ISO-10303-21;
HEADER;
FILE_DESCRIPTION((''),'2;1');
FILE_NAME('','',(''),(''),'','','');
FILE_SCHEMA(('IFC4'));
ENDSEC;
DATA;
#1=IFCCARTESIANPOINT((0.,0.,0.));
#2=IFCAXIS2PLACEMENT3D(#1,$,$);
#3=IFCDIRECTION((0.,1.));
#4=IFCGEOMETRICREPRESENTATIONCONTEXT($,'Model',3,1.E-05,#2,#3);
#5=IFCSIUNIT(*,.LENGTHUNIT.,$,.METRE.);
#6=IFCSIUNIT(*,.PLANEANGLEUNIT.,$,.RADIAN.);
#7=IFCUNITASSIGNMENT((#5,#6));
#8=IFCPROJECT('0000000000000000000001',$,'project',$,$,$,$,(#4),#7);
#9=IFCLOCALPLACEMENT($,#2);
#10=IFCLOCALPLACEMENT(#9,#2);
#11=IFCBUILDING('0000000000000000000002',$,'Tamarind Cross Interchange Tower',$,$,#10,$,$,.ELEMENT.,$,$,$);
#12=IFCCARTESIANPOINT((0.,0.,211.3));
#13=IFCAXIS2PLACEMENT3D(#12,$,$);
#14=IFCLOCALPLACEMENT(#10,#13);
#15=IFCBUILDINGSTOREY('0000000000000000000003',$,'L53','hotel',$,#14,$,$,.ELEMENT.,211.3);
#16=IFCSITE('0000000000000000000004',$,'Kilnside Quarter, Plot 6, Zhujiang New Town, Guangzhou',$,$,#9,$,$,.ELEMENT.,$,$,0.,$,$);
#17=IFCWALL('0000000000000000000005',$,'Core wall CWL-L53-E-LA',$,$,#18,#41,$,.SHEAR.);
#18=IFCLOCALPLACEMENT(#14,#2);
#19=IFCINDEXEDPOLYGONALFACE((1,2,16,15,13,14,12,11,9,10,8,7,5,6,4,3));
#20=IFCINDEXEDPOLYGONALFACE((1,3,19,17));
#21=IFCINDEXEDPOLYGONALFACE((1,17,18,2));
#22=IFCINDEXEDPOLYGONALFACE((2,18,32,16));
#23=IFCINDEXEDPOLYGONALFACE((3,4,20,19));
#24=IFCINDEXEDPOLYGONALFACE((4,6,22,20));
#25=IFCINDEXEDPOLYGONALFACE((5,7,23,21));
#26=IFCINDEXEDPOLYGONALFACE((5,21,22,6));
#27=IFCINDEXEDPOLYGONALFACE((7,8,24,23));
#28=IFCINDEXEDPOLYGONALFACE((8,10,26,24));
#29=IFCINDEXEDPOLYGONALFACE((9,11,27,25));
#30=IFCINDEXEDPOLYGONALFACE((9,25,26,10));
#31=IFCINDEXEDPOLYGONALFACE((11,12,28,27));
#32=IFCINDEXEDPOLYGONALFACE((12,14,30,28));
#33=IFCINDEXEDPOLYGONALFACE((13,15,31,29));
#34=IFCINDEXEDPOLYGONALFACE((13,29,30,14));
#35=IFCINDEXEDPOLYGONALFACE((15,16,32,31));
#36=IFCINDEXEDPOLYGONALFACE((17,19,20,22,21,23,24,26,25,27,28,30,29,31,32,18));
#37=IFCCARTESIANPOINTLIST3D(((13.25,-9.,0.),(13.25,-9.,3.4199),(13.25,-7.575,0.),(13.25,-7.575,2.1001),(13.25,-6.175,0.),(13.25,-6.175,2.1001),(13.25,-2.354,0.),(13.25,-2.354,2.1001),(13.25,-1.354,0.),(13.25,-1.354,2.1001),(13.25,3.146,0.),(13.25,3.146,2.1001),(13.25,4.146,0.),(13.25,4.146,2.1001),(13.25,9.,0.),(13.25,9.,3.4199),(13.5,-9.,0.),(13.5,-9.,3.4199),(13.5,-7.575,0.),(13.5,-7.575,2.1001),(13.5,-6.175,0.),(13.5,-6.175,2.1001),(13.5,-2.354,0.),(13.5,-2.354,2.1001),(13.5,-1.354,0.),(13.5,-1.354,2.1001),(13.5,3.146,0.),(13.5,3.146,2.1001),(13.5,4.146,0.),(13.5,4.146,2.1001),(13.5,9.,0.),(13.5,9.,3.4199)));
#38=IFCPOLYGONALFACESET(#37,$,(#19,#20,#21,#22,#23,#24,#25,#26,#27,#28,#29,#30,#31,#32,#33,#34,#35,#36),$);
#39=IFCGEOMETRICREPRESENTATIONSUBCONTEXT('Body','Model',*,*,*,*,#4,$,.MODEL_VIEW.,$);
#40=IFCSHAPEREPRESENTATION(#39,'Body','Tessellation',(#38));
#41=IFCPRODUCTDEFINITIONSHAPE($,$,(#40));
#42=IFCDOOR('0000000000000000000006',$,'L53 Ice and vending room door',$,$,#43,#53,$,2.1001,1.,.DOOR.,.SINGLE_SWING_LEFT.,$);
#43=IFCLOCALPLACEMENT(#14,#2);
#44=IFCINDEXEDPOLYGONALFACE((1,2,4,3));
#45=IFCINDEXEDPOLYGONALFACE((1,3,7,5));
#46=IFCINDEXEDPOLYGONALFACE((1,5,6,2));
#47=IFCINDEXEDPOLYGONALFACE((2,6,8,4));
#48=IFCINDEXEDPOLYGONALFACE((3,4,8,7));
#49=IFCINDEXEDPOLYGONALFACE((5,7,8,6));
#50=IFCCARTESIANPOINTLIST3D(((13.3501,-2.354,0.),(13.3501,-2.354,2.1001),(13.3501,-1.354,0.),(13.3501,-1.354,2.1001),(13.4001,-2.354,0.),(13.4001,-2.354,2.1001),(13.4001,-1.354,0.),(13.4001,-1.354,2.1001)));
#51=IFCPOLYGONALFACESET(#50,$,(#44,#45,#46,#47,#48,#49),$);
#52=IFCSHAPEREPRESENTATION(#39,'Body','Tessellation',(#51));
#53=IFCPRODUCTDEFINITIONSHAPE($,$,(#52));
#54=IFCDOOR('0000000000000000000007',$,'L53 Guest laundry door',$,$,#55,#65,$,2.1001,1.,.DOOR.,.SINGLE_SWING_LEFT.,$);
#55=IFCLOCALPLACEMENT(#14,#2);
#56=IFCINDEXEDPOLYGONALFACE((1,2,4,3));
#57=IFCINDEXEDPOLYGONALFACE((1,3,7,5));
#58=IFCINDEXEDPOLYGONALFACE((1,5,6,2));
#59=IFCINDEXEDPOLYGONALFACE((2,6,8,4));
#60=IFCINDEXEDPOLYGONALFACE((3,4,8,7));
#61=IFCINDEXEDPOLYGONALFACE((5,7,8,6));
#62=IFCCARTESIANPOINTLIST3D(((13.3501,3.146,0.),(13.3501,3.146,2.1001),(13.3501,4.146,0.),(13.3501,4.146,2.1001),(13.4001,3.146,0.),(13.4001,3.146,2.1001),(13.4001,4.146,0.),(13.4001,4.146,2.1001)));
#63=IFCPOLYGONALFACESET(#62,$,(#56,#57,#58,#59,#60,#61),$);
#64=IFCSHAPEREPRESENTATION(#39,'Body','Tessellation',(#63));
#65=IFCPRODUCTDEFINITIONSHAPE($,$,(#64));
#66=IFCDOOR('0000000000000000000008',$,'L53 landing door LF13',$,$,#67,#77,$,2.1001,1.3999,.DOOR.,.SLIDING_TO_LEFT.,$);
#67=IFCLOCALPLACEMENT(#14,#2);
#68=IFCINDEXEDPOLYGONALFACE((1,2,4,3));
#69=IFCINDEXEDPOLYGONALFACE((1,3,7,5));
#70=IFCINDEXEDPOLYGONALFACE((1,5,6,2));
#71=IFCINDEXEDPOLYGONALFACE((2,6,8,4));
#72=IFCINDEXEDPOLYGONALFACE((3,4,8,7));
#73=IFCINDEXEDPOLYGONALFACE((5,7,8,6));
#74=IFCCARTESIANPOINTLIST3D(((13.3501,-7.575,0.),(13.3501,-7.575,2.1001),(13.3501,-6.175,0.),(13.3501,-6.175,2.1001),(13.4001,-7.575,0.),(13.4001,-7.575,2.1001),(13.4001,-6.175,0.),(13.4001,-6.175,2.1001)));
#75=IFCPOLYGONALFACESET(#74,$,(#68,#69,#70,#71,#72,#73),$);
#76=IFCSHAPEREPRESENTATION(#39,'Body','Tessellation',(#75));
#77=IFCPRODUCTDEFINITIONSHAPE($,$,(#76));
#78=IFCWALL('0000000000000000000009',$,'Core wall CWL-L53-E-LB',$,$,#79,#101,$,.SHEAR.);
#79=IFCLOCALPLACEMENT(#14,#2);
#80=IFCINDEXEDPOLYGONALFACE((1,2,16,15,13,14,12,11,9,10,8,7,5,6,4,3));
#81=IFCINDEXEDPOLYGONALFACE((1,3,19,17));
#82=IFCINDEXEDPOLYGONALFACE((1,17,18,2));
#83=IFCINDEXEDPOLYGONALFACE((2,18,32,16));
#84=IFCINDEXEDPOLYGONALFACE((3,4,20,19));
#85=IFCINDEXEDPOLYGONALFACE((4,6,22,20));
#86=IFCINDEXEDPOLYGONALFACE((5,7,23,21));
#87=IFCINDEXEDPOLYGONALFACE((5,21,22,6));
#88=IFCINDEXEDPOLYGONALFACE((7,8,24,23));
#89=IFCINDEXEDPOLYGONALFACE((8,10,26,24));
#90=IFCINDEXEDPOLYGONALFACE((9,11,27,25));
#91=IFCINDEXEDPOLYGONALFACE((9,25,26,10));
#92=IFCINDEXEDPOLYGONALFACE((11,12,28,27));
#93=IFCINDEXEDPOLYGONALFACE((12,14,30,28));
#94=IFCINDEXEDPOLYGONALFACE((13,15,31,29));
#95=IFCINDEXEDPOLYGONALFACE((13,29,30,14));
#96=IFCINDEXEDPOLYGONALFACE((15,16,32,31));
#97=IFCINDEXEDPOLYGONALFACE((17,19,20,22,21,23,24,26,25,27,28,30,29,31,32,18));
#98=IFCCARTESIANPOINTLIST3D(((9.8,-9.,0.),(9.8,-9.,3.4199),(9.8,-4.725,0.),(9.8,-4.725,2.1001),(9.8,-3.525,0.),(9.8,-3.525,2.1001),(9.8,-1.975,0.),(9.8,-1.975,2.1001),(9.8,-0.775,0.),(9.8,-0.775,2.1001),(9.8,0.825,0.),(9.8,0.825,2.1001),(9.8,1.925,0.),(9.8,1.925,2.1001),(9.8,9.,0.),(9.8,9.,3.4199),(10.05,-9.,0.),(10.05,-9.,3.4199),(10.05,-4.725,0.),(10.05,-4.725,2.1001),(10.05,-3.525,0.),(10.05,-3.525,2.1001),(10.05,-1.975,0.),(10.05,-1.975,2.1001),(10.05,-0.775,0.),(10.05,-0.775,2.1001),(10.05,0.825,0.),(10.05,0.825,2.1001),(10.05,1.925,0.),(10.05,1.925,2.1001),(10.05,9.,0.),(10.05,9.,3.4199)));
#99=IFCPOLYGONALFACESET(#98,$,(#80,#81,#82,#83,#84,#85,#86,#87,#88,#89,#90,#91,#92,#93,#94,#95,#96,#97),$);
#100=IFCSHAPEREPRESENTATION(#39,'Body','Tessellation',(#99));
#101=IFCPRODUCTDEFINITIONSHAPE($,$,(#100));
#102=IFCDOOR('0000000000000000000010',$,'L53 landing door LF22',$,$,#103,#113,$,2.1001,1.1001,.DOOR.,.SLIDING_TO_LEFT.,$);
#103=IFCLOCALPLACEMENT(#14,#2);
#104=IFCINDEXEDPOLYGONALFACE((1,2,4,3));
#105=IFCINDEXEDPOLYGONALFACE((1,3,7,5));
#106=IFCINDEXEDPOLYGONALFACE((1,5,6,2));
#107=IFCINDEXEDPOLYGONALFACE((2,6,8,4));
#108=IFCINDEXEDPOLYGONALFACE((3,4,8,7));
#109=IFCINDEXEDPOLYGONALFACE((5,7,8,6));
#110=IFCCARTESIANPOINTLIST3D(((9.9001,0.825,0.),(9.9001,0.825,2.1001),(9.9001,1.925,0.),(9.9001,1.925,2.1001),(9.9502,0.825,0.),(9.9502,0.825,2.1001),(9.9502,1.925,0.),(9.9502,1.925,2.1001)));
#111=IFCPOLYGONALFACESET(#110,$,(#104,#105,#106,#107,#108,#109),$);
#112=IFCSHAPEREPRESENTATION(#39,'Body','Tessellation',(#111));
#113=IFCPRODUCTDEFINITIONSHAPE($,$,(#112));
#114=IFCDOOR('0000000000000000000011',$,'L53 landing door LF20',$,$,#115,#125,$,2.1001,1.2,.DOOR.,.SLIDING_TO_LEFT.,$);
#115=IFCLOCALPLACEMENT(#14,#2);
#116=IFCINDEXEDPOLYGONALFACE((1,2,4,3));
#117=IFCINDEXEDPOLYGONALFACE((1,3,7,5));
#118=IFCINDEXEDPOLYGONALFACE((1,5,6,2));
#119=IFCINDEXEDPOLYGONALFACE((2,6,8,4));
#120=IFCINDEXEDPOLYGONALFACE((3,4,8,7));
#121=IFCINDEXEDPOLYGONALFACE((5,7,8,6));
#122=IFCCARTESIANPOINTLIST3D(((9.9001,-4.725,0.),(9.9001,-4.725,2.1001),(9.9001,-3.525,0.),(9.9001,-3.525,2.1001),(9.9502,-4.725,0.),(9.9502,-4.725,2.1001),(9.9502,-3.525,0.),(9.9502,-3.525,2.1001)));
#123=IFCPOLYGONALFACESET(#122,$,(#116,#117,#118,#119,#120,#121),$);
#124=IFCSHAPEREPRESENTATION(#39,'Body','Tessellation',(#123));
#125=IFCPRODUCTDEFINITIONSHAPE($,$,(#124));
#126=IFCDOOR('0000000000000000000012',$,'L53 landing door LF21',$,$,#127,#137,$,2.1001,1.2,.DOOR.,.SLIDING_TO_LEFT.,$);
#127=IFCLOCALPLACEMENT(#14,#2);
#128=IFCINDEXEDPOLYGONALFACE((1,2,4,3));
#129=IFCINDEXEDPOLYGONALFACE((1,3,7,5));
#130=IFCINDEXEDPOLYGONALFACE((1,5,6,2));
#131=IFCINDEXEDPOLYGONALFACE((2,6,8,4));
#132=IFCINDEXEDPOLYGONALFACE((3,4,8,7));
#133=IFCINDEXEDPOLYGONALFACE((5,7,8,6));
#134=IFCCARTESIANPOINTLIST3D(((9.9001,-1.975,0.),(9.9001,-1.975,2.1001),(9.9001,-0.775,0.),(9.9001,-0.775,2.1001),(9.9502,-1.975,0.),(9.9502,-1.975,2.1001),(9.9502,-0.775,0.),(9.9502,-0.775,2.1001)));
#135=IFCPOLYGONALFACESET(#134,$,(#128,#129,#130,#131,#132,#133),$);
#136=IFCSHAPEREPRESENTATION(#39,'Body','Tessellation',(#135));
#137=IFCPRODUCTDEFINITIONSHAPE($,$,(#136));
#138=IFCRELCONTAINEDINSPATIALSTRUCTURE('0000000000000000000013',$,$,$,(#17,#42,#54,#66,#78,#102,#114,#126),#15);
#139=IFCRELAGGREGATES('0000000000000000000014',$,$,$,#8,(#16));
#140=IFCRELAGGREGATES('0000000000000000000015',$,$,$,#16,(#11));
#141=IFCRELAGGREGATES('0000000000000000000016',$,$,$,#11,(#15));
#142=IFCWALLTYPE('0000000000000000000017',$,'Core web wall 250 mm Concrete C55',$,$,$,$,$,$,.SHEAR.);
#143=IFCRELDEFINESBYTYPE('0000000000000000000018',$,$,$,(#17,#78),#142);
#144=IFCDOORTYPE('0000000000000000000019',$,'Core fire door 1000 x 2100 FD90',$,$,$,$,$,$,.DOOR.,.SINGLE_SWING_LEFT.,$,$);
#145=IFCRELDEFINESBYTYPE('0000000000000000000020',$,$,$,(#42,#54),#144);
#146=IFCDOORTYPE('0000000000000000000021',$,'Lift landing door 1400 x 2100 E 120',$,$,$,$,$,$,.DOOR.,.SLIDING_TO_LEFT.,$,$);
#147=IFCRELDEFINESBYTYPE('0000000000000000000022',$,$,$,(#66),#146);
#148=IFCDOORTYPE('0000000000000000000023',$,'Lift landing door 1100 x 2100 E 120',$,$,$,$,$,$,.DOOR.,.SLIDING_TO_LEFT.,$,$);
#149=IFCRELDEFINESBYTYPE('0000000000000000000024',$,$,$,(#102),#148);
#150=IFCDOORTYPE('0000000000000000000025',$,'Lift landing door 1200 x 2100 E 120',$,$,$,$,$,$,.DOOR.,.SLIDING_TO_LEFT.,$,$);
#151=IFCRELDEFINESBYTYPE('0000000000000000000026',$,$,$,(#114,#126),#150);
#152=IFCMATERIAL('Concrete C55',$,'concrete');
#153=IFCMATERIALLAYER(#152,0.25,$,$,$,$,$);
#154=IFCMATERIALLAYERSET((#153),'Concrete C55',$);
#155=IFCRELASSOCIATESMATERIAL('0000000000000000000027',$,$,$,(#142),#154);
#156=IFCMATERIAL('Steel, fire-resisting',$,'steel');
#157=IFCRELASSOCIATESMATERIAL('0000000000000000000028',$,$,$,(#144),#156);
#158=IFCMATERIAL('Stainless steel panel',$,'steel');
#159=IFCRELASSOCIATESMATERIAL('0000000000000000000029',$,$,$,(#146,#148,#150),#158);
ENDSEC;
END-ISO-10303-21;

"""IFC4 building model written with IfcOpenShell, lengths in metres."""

from ifc_helpers import new_model, si_unit, direction, frame, frame_2d, origin, place, context, subcontext, project, spatial, rectangle, extrude, material, layer, layer_set, type_object, element, fill, save


model = new_model("IFC4")

# Units and contexts
model_context = context("Model", 3, precision=1e-05, world=origin(), true_north=direction((0.0, 1.0)))
body_context = subcontext(model_context, "Body", "Model", "MODEL_VIEW")
ifc_project = project(units=[si_unit("LENGTHUNIT", "METRE"), si_unit("PLANEANGLEUNIT", "RADIAN")], contexts=[model_context])

# Site, building, storey
site_placement = place(None, origin())
site = spatial("IfcSite", under=ifc_project, at=site_placement, Name="Kilnside Quarter, Plot 6, Zhujiang New Town, Guangzhou", CompositionType="ELEMENT", RefElevation=0.0)
building_placement = place(site_placement, origin())
building = spatial("IfcBuilding", under=site, at=building_placement, Name="Tamarind Cross Interchange Tower", CompositionType="ELEMENT")
storey_placement = place(building_placement, frame((0.0, 0.0, 211.3)))
storey = spatial("IfcBuildingStorey", under=building, at=storey_placement, Name="L53", Description="hotel", CompositionType="ELEMENT", Elevation=211.3)

# Shared definitions
ifc_material_1 = material(Name="Concrete C55", Category="concrete")

# Shared definitions
ifc_layer_1 = layer(ifc_material_1, 0.25)
ifc_layer_set_1 = layer_set([ifc_layer_1], Name="Concrete C55")
wall_type_1 = type_object("IfcWallType", Name="Core web wall 250 mm Concrete C55", PredefinedType="SHEAR", material=ifc_layer_set_1)

# Walls, openings, doors
wall_1_placement = place(storey_placement, frame((13.375, -9.0, 0.0), z_axis=(0.0, 0.0, 1.0), x_axis=(0.0, 1.0, 0.0)))
wall_1 = element("IfcWall", 1, at=wall_1_placement, inside=storey, type_object=wall_type_1, Name="Core wall CWL-L53-E-LA", PredefinedType="SHEAR", context=body_context, shape_type="SweptSolid", body=[
    extrude(rectangle(XDim=18.0, YDim=0.25, at=frame_2d((9.0, 0.0))), origin(), (0.0, 0.0, 1.0), 3.4199),
])
opening_1_placement = place(wall_1_placement, frame((1.425, 0.0, 0.0)))
opening_1 = element("IfcOpeningElement", 2, at=opening_1_placement, cuts=wall_1, PredefinedType="OPENING", context=body_context, shape_type="SweptSolid", body=[
    extrude(rectangle(XDim=1.3999, YDim=2.1001, at=frame_2d((0.7, 1.05))), frame((0.0, 0.135, 0.0), z_axis=(0.0, -1.0, 0.0), x_axis=(1.0, 0.0, 0.0)), (0.0, 0.0, 1.0), 0.27),
])
opening_2_placement = place(wall_1_placement, frame((6.646, 0.0, 0.0)))
opening_2 = element("IfcOpeningElement", 3, at=opening_2_placement, cuts=wall_1, PredefinedType="OPENING", context=body_context, shape_type="SweptSolid", body=[
    extrude(rectangle(XDim=1.0, YDim=2.1001, at=frame_2d((0.5, 1.05))), frame((0.0, 0.135, 0.0), z_axis=(0.0, -1.0, 0.0), x_axis=(1.0, 0.0, 0.0)), (0.0, 0.0, 1.0), 0.27),
])
opening_3_placement = place(wall_1_placement, frame((12.146, 0.0, 0.0)))
opening_3 = element("IfcOpeningElement", 4, at=opening_3_placement, cuts=wall_1, PredefinedType="OPENING", context=body_context, shape_type="SweptSolid", body=[
    extrude(rectangle(XDim=1.0, YDim=2.1001, at=frame_2d((0.5, 1.05))), frame((0.0, 0.135, 0.0), z_axis=(0.0, -1.0, 0.0), x_axis=(1.0, 0.0, 0.0)), (0.0, 0.0, 1.0), 0.27),
])
ifc_material_2 = material(Name="Steel, fire-resisting", Category="steel")
door_type_1 = type_object("IfcDoorType", Name="Core fire door 1000 x 2100 FD90", OperationType="SINGLE_SWING_LEFT", PredefinedType="DOOR", material=ifc_material_2)
door_1_placement = place(opening_2_placement, origin())
door_1 = element("IfcDoor", 5, at=door_1_placement, inside=storey, type_object=door_type_1, Name="L53 Ice and vending room door", OperationType="SINGLE_SWING_LEFT", OverallHeight=2.1001, OverallWidth=1.0, PredefinedType="DOOR", context=body_context, shape_type="SweptSolid", body=[
    extrude(rectangle(XDim=1.0, YDim=2.1001, at=frame_2d((0.5, 1.05))), frame((0.0, 0.0249, 0.0), z_axis=(0.0, -1.0, 0.0), x_axis=(1.0, 0.0, 0.0)), (0.0, 0.0, 1.0), 0.05),
])
fill(opening_2, door_1)
door_2_placement = place(opening_3_placement, origin())
door_2 = element("IfcDoor", 6, at=door_2_placement, inside=storey, type_object=door_type_1, Name="L53 Guest laundry door", OperationType="SINGLE_SWING_LEFT", OverallHeight=2.1001, OverallWidth=1.0, PredefinedType="DOOR", context=body_context, shape_type="SweptSolid", body=[
    extrude(rectangle(XDim=1.0, YDim=2.1001, at=frame_2d((0.5, 1.05))), frame((0.0, 0.0249, 0.0), z_axis=(0.0, -1.0, 0.0), x_axis=(1.0, 0.0, 0.0)), (0.0, 0.0, 1.0), 0.05),
])
fill(opening_3, door_2)
ifc_material_3 = material(Name="Stainless steel panel", Category="steel")
door_type_2 = type_object("IfcDoorType", Name="Lift landing door 1400 x 2100 E 120", OperationType="SLIDING_TO_LEFT", PredefinedType="DOOR", material=ifc_material_3)
door_3_placement = place(opening_1_placement, origin())
door_3 = element("IfcDoor", 7, at=door_3_placement, inside=storey, type_object=door_type_2, Name="L53 landing door LF13", OperationType="SLIDING_TO_LEFT", OverallHeight=2.1001, OverallWidth=1.3999, PredefinedType="DOOR", context=body_context, shape_type="SweptSolid", body=[
    extrude(rectangle(XDim=1.3999, YDim=2.1001, at=frame_2d((0.7, 1.05))), frame((0.0, 0.0249, 0.0), z_axis=(0.0, -1.0, 0.0), x_axis=(1.0, 0.0, 0.0)), (0.0, 0.0, 1.0), 0.05),
])
fill(opening_1, door_3)
wall_2_placement = place(storey_placement, frame((9.925, -9.0, 0.0), z_axis=(0.0, 0.0, 1.0), x_axis=(0.0, 1.0, 0.0)))
wall_2 = element("IfcWall", 8, at=wall_2_placement, inside=storey, type_object=wall_type_1, Name="Core wall CWL-L53-E-LB", PredefinedType="SHEAR", context=body_context, shape_type="SweptSolid", body=[
    extrude(rectangle(XDim=18.0, YDim=0.25, at=frame_2d((9.0, 0.0))), origin(), (0.0, 0.0, 1.0), 3.4199),
])
opening_4_placement = place(wall_2_placement, frame((4.2749, 0.0, 0.0)))
opening_4 = element("IfcOpeningElement", 9, at=opening_4_placement, cuts=wall_2, PredefinedType="OPENING", context=body_context, shape_type="SweptSolid", body=[
    extrude(rectangle(XDim=1.2, YDim=2.1001, at=frame_2d((0.6001, 1.05))), frame((0.0, 0.135, 0.0), z_axis=(0.0, -1.0, 0.0), x_axis=(1.0, 0.0, 0.0)), (0.0, 0.0, 1.0), 0.27),
])
opening_5_placement = place(wall_2_placement, frame((7.0249, 0.0, 0.0)))
opening_5 = element("IfcOpeningElement", 10, at=opening_5_placement, cuts=wall_2, PredefinedType="OPENING", context=body_context, shape_type="SweptSolid", body=[
    extrude(rectangle(XDim=1.2, YDim=2.1001, at=frame_2d((0.6001, 1.05))), frame((0.0, 0.135, 0.0), z_axis=(0.0, -1.0, 0.0), x_axis=(1.0, 0.0, 0.0)), (0.0, 0.0, 1.0), 0.27),
])
opening_6_placement = place(wall_2_placement, frame((9.825, 0.0, 0.0)))
opening_6 = element("IfcOpeningElement", 11, at=opening_6_placement, cuts=wall_2, PredefinedType="OPENING", context=body_context, shape_type="SweptSolid", body=[
    extrude(rectangle(XDim=1.1001, YDim=2.1001, at=frame_2d((0.55, 1.05))), frame((0.0, 0.135, 0.0), z_axis=(0.0, -1.0, 0.0), x_axis=(1.0, 0.0, 0.0)), (0.0, 0.0, 1.0), 0.27),
])
door_type_3 = type_object("IfcDoorType", Name="Lift landing door 1100 x 2100 E 120", OperationType="SLIDING_TO_LEFT", PredefinedType="DOOR", material=ifc_material_3)
door_4_placement = place(opening_6_placement, origin())
door_4 = element("IfcDoor", 12, at=door_4_placement, inside=storey, type_object=door_type_3, Name="L53 landing door LF22", OperationType="SLIDING_TO_LEFT", OverallHeight=2.1001, OverallWidth=1.1001, PredefinedType="DOOR", context=body_context, shape_type="SweptSolid", body=[
    extrude(rectangle(XDim=1.1001, YDim=2.1001, at=frame_2d((0.55, 1.05))), frame((0.0, 0.0249, 0.0), z_axis=(0.0, -1.0, 0.0), x_axis=(1.0, 0.0, 0.0)), (0.0, 0.0, 1.0), 0.05),
])
fill(opening_6, door_4)
door_type_4 = type_object("IfcDoorType", Name="Lift landing door 1200 x 2100 E 120", OperationType="SLIDING_TO_LEFT", PredefinedType="DOOR", material=ifc_material_3)
door_5_placement = place(opening_4_placement, origin())
door_5 = element("IfcDoor", 13, at=door_5_placement, inside=storey, type_object=door_type_4, Name="L53 landing door LF20", OperationType="SLIDING_TO_LEFT", OverallHeight=2.1001, OverallWidth=1.2, PredefinedType="DOOR", context=body_context, shape_type="SweptSolid", body=[
    extrude(rectangle(XDim=1.2, YDim=2.1001, at=frame_2d((0.6001, 1.05))), frame((0.0, 0.0249, 0.0), z_axis=(0.0, -1.0, 0.0), x_axis=(1.0, 0.0, 0.0)), (0.0, 0.0, 1.0), 0.05),
])
fill(opening_4, door_5)
door_6_placement = place(opening_5_placement, origin())
door_6 = element("IfcDoor", 14, at=door_6_placement, inside=storey, type_object=door_type_4, Name="L53 landing door LF21", OperationType="SLIDING_TO_LEFT", OverallHeight=2.1001, OverallWidth=1.2, PredefinedType="DOOR", context=body_context, shape_type="SweptSolid", body=[
    extrude(rectangle(XDim=1.2, YDim=2.1001, at=frame_2d((0.6001, 1.05))), frame((0.0, 0.0249, 0.0), z_axis=(0.0, -1.0, 0.0), x_axis=(1.0, 0.0, 0.0)), (0.0, 0.0, 1.0), 0.05),
])
fill(opening_5, door_6)

save(model, "model.ifc")
